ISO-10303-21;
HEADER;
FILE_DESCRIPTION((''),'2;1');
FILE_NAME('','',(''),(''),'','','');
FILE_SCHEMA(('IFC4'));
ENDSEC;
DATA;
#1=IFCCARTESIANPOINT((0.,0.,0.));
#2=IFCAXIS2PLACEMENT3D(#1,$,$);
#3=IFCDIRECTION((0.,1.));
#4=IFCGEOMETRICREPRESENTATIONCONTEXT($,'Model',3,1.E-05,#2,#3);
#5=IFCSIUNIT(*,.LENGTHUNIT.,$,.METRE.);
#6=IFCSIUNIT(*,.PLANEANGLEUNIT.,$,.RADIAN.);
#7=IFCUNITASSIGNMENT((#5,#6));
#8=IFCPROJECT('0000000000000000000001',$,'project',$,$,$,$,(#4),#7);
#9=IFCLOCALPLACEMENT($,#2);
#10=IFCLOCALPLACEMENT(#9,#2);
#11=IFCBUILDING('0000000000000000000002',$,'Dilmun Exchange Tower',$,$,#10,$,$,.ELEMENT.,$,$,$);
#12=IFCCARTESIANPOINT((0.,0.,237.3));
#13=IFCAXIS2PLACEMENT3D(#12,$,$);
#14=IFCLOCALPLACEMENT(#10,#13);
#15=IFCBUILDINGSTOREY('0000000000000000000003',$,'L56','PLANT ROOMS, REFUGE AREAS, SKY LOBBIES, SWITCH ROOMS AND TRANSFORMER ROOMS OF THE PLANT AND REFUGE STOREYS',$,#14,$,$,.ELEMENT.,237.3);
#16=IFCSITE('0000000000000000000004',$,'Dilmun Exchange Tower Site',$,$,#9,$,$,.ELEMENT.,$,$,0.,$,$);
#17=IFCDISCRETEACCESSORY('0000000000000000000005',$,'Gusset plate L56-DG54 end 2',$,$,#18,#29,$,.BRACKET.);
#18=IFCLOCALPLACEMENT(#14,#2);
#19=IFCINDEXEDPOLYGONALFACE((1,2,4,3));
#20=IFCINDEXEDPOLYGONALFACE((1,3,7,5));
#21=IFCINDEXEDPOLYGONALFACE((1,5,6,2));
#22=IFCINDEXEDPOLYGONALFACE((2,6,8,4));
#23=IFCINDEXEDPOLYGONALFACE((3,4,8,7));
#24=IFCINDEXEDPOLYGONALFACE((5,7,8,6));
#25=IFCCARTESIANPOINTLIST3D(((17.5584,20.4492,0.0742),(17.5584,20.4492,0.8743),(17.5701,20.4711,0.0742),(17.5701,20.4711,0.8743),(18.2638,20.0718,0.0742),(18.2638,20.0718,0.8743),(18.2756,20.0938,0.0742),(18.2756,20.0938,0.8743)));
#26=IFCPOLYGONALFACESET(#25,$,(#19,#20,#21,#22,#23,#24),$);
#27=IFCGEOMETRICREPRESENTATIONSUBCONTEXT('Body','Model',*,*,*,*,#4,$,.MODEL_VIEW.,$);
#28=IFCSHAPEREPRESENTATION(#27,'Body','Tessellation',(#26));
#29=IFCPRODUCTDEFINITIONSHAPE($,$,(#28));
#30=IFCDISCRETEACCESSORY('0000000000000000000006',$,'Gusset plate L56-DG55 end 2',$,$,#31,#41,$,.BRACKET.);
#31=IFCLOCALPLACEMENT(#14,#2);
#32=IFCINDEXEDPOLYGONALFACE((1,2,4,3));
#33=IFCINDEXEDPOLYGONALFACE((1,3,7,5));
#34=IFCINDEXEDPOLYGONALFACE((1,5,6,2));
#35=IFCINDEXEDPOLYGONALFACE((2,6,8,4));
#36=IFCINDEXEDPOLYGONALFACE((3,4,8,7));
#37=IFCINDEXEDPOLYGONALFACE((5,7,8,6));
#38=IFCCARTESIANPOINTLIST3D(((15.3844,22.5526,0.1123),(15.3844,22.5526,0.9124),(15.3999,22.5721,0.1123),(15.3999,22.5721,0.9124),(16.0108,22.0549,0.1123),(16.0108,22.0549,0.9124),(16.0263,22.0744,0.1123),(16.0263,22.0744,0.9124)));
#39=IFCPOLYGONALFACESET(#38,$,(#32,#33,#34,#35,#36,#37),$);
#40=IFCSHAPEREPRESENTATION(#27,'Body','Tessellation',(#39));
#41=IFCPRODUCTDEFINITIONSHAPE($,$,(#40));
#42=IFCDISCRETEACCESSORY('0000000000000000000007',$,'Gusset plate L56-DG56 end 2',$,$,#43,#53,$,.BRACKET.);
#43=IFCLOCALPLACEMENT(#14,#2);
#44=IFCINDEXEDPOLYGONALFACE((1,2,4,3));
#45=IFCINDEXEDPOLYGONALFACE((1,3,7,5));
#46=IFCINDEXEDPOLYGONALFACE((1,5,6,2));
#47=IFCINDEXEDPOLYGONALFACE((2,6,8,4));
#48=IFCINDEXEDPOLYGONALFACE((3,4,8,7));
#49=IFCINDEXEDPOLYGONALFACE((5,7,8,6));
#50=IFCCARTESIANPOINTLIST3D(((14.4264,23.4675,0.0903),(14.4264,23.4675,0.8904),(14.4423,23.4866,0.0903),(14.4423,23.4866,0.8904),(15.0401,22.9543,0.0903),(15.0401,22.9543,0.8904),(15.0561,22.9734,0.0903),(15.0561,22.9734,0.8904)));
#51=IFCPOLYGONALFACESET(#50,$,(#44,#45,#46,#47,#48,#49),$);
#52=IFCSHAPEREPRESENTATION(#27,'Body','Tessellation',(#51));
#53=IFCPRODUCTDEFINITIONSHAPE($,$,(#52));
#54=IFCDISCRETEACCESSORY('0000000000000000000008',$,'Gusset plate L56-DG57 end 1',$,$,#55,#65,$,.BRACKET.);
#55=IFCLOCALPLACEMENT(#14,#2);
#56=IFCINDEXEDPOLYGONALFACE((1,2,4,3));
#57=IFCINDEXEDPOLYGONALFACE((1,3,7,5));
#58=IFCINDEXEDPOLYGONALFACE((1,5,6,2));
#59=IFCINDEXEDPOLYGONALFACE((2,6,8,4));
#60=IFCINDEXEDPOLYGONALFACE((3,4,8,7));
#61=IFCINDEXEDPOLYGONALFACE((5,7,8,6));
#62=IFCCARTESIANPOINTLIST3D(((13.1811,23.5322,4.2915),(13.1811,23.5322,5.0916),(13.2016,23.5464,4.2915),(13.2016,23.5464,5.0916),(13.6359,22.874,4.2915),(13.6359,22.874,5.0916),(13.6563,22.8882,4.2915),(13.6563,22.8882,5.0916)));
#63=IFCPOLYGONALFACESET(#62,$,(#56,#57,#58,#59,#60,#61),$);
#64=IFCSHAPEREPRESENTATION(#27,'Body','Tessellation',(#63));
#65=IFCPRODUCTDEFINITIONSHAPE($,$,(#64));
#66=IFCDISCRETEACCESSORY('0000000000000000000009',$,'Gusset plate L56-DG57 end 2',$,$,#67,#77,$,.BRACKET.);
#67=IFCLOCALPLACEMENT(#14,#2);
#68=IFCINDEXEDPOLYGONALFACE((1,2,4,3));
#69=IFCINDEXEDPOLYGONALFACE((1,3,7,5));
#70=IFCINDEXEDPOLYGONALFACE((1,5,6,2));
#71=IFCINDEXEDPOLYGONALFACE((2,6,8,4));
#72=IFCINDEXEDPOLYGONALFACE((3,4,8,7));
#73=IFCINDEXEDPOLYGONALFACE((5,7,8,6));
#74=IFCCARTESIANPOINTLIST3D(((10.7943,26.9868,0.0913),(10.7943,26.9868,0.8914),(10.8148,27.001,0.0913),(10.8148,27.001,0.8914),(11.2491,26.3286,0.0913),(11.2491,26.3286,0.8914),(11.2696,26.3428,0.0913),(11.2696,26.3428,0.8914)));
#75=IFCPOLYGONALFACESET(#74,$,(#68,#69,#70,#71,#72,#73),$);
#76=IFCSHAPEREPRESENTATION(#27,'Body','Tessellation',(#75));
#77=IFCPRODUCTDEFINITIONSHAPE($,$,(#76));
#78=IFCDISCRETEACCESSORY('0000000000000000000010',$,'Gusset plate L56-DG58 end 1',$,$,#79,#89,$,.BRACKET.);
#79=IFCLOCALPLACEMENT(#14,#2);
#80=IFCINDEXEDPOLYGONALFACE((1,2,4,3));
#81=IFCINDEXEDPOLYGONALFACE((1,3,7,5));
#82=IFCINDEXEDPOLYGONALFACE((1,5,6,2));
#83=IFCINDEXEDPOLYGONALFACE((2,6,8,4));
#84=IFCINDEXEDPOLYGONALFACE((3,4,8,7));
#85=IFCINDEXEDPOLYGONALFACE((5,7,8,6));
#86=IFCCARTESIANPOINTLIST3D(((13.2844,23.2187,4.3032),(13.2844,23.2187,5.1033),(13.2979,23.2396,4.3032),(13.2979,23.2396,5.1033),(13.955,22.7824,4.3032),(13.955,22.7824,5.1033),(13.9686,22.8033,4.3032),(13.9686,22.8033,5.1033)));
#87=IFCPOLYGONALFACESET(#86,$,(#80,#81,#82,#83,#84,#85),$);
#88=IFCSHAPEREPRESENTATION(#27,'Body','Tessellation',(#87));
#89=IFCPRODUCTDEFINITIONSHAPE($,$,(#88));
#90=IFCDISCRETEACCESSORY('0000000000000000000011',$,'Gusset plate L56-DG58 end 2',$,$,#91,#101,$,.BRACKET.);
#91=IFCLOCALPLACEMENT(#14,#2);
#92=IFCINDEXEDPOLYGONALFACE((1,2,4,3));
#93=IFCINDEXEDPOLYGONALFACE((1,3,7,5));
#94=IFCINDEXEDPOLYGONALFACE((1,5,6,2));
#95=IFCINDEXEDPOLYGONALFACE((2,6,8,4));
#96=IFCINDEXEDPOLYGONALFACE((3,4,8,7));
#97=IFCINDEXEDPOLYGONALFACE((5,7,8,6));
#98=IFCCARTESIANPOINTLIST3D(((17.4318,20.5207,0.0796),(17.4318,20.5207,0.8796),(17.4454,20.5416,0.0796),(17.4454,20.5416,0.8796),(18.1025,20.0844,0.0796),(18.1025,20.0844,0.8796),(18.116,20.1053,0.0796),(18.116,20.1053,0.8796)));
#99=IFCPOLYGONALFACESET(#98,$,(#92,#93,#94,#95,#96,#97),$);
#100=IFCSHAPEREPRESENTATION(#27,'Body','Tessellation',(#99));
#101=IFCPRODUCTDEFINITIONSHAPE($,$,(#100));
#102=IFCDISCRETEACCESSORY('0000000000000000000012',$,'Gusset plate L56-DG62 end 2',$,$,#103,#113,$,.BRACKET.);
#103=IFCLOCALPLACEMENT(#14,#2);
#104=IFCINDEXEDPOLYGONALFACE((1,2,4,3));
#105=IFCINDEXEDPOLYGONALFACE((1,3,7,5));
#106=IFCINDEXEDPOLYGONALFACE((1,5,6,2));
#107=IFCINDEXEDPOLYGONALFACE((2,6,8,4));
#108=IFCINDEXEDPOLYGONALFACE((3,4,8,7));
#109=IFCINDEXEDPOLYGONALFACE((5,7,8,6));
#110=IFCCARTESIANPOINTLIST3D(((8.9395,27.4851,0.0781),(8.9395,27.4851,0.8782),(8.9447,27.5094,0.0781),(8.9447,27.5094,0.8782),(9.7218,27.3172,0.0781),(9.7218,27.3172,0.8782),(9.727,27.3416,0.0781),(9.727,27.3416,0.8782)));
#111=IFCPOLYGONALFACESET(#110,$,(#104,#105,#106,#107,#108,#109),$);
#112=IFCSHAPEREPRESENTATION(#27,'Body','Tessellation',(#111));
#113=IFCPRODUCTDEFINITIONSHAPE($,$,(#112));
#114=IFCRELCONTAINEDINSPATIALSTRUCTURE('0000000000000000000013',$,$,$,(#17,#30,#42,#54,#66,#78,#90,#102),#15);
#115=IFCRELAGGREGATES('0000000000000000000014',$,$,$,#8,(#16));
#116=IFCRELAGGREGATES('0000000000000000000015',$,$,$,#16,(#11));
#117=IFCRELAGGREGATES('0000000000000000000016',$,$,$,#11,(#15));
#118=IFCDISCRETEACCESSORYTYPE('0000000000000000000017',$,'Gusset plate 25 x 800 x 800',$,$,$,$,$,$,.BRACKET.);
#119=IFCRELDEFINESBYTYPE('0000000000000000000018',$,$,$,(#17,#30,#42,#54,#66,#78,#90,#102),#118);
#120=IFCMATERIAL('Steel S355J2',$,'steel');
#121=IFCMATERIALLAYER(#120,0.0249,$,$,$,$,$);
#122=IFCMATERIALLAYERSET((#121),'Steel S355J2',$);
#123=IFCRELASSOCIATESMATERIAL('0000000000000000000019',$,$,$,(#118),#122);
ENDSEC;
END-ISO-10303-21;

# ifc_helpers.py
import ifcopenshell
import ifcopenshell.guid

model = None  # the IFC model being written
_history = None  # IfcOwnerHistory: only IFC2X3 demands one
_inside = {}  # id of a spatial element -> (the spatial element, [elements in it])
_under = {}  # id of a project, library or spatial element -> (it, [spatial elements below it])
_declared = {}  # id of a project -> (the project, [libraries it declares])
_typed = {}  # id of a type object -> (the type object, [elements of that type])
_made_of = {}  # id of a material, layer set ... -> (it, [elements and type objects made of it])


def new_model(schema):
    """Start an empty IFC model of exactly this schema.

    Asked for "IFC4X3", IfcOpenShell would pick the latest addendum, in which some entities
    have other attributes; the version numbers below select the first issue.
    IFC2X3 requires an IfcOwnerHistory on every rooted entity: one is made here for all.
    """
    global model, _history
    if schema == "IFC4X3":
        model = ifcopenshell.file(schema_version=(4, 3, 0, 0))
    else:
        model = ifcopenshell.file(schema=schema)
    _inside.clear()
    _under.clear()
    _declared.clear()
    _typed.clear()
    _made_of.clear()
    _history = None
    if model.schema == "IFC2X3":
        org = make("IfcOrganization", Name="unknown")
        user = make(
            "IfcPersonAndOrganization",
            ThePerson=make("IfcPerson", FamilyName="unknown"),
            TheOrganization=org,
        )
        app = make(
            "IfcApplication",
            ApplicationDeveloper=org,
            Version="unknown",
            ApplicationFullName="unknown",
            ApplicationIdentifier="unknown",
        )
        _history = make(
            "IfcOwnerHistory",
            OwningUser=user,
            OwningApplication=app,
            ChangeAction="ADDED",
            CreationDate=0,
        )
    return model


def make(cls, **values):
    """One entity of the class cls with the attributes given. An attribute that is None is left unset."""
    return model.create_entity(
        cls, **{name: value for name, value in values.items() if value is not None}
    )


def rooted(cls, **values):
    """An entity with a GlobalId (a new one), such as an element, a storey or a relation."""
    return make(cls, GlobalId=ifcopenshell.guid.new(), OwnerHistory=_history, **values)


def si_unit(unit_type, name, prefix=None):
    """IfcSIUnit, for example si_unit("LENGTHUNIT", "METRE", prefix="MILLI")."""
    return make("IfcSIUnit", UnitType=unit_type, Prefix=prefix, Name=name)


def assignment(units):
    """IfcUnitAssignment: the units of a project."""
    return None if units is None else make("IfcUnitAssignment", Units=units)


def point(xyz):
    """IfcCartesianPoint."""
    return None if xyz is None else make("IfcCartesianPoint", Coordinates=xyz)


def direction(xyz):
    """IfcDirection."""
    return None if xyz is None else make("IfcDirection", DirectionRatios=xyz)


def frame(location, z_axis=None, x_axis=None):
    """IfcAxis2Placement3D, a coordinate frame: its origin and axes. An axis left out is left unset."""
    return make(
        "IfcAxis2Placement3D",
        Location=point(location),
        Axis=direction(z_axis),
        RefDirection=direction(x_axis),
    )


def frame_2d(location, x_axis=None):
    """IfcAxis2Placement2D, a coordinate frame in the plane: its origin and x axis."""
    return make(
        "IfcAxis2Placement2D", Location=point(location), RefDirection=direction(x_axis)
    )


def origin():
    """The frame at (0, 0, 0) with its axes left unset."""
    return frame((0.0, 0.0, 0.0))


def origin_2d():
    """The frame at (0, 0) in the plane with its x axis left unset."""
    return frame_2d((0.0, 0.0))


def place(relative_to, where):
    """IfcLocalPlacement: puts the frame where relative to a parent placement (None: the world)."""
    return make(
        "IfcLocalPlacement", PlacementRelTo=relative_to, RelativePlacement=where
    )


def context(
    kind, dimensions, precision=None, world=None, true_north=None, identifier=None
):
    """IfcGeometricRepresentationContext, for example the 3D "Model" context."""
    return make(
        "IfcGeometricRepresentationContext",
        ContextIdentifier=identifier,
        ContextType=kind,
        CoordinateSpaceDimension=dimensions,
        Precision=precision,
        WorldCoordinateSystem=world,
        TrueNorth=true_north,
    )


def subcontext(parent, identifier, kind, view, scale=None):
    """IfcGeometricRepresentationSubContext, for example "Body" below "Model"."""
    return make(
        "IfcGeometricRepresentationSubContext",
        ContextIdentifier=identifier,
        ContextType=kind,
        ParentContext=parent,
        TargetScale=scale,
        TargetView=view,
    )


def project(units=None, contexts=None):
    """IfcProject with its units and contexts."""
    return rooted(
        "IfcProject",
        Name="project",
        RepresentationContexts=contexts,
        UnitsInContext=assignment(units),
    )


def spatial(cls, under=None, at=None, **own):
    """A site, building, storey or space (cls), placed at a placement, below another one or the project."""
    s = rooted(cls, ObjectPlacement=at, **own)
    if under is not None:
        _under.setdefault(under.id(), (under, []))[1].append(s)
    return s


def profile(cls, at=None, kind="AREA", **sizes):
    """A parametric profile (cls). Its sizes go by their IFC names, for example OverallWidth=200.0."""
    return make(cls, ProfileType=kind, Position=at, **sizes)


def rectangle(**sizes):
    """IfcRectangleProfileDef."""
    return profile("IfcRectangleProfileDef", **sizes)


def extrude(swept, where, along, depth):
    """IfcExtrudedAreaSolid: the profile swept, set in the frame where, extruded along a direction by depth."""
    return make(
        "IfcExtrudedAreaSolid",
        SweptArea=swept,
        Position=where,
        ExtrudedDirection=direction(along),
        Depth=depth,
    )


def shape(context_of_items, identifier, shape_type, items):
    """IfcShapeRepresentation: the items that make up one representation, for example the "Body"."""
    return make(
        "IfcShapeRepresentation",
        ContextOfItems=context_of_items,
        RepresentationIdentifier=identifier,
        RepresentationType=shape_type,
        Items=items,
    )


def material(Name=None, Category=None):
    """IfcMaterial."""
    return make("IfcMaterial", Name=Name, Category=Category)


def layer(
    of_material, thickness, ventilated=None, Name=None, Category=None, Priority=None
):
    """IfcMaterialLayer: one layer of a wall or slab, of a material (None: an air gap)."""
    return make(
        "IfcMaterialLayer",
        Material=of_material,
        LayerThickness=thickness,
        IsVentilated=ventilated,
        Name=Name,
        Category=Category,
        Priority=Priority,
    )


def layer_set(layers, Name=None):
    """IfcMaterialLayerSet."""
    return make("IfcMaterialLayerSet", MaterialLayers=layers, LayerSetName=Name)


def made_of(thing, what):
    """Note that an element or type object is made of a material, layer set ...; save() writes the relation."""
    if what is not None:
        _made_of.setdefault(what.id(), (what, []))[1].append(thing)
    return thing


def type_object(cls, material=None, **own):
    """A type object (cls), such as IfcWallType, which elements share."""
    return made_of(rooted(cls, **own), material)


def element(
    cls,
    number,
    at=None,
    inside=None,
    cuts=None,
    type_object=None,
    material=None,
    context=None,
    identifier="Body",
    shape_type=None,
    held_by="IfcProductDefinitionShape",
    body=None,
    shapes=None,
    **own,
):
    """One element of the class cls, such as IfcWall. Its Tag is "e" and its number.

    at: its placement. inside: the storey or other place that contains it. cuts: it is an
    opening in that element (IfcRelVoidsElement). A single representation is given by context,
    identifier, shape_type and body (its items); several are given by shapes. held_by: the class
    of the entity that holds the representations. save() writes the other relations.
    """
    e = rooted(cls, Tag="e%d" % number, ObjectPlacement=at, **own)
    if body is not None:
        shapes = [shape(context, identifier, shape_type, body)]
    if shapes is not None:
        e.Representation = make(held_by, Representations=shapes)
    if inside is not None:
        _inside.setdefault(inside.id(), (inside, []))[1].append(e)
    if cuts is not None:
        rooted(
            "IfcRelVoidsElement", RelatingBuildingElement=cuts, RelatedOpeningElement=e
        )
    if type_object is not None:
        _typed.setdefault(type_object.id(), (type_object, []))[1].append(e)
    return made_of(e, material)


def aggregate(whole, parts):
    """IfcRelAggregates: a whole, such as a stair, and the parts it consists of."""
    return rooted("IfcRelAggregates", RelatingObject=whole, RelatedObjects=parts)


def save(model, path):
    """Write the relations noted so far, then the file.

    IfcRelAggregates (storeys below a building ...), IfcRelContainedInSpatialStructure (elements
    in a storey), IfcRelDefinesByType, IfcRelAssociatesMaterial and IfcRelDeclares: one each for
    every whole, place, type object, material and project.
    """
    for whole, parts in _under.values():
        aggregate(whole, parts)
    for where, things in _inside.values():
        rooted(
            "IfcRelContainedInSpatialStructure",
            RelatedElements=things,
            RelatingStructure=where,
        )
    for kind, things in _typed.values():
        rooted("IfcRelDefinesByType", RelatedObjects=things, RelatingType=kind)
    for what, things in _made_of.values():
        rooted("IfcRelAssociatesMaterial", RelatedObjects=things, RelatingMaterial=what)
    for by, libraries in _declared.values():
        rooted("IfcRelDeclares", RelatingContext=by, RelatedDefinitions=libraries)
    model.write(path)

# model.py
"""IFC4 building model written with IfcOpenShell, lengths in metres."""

from ifc_helpers import new_model, si_unit, direction, frame, origin, origin_2d, place, context, subcontext, project, spatial, rectangle, extrude, material, layer, layer_set, type_object, element, save


model = new_model("IFC4")

# Units and contexts
model_context = context("Model", 3, precision=1e-05, world=origin(), true_north=direction((0.0, 1.0)))
body_context = subcontext(model_context, "Body", "Model", "MODEL_VIEW")
ifc_project = project(units=[si_unit("LENGTHUNIT", "METRE"), si_unit("PLANEANGLEUNIT", "RADIAN")], contexts=[model_context])

# Site, building, storey
site_placement = place(None, origin())
site = spatial("IfcSite", under=ifc_project, at=site_placement, Name="Dilmun Exchange Tower Site", CompositionType="ELEMENT", RefElevation=0.0)
building_placement = place(site_placement, origin())
building = spatial("IfcBuilding", under=site, at=building_placement, Name="Dilmun Exchange Tower", CompositionType="ELEMENT")
storey_placement = place(building_placement, frame((0.0, 0.0, 237.3)))
storey = spatial("IfcBuildingStorey", under=building, at=storey_placement, Name="L56", Description="PLANT ROOMS, REFUGE AREAS, SKY LOBBIES, SWITCH ROOMS AND TRANSFORMER ROOMS OF THE PLANT AND REFUGE STOREYS", CompositionType="ELEMENT", Elevation=237.3)

# Discrete accessories
ifc_material_1 = material(Name="Steel S355J2", Category="steel")
ifc_layer_1 = layer(ifc_material_1, 0.0249)
ifc_layer_set_1 = layer_set([ifc_layer_1], Name="Steel S355J2")
discrete_accessory_type = type_object("IfcDiscreteAccessoryType", Name="Gusset plate 25 x 800 x 800", PredefinedType="BRACKET", material=ifc_layer_set_1)
for number, where, z_axis, x_axis, name in (
    (1, (17.917, 20.2715, 0.0742), (0.0, 0.0, 1.0), (-0.881769, 0.471681, 0.0), "Gusset plate L56-DG54 end 2"),
    (2, (15.7053, 22.3135, 0.1123), (0.0, 0.0, 1.0), (-0.782921, 0.622121, 0.0), "Gusset plate L56-DG55 end 2"),
    (3, (14.7412, 23.2205, 0.0903), (0.0, 0.0, 1.0), (-0.767134, 0.641487, 0.0), "Gusset plate L56-DG56 end 2"),
    (4, (13.4187, 23.2102, 4.2915), (0.0, 0.0, 1.0), (-0.56845, 0.822718, 0.0), "Gusset plate L56-DG57 end 1"),
    (5, (11.032, 26.6648, 0.0913), (0.0, 0.0, 1.0), (-0.56845, 0.822718, 0.0), "Gusset plate L56-DG57 end 2"),
    (6, (13.6265, 23.011, 4.3032), (0.0, 0.0, 1.0), (0.838237, -0.545306, 0.0), "Gusset plate L56-DG58 end 1"),
    (7, (17.7739, 20.313, 0.0796), (0.0, 0.0, 1.0), (0.838237, -0.545306, 0.0), "Gusset plate L56-DG58 end 2"),
    (8, (9.3333, 27.4133, 0.0781), (0.0, 0.0, 1.0), (0.977751, -0.20977, 0.0), "Gusset plate L56-DG62 end 2"),
):
    element("IfcDiscreteAccessory", number, at=place(storey_placement, frame(where, z_axis=z_axis, x_axis=x_axis)), inside=storey, type_object=discrete_accessory_type, Name=name, PredefinedType="BRACKET", context=body_context, shape_type="SweptSolid", body=[
        extrude(rectangle(XDim=0.8, YDim=0.0249, at=origin_2d()), origin(), (0.0, 0.0, 1.0), 0.8),
    ])

save(model, "model.ifc")
